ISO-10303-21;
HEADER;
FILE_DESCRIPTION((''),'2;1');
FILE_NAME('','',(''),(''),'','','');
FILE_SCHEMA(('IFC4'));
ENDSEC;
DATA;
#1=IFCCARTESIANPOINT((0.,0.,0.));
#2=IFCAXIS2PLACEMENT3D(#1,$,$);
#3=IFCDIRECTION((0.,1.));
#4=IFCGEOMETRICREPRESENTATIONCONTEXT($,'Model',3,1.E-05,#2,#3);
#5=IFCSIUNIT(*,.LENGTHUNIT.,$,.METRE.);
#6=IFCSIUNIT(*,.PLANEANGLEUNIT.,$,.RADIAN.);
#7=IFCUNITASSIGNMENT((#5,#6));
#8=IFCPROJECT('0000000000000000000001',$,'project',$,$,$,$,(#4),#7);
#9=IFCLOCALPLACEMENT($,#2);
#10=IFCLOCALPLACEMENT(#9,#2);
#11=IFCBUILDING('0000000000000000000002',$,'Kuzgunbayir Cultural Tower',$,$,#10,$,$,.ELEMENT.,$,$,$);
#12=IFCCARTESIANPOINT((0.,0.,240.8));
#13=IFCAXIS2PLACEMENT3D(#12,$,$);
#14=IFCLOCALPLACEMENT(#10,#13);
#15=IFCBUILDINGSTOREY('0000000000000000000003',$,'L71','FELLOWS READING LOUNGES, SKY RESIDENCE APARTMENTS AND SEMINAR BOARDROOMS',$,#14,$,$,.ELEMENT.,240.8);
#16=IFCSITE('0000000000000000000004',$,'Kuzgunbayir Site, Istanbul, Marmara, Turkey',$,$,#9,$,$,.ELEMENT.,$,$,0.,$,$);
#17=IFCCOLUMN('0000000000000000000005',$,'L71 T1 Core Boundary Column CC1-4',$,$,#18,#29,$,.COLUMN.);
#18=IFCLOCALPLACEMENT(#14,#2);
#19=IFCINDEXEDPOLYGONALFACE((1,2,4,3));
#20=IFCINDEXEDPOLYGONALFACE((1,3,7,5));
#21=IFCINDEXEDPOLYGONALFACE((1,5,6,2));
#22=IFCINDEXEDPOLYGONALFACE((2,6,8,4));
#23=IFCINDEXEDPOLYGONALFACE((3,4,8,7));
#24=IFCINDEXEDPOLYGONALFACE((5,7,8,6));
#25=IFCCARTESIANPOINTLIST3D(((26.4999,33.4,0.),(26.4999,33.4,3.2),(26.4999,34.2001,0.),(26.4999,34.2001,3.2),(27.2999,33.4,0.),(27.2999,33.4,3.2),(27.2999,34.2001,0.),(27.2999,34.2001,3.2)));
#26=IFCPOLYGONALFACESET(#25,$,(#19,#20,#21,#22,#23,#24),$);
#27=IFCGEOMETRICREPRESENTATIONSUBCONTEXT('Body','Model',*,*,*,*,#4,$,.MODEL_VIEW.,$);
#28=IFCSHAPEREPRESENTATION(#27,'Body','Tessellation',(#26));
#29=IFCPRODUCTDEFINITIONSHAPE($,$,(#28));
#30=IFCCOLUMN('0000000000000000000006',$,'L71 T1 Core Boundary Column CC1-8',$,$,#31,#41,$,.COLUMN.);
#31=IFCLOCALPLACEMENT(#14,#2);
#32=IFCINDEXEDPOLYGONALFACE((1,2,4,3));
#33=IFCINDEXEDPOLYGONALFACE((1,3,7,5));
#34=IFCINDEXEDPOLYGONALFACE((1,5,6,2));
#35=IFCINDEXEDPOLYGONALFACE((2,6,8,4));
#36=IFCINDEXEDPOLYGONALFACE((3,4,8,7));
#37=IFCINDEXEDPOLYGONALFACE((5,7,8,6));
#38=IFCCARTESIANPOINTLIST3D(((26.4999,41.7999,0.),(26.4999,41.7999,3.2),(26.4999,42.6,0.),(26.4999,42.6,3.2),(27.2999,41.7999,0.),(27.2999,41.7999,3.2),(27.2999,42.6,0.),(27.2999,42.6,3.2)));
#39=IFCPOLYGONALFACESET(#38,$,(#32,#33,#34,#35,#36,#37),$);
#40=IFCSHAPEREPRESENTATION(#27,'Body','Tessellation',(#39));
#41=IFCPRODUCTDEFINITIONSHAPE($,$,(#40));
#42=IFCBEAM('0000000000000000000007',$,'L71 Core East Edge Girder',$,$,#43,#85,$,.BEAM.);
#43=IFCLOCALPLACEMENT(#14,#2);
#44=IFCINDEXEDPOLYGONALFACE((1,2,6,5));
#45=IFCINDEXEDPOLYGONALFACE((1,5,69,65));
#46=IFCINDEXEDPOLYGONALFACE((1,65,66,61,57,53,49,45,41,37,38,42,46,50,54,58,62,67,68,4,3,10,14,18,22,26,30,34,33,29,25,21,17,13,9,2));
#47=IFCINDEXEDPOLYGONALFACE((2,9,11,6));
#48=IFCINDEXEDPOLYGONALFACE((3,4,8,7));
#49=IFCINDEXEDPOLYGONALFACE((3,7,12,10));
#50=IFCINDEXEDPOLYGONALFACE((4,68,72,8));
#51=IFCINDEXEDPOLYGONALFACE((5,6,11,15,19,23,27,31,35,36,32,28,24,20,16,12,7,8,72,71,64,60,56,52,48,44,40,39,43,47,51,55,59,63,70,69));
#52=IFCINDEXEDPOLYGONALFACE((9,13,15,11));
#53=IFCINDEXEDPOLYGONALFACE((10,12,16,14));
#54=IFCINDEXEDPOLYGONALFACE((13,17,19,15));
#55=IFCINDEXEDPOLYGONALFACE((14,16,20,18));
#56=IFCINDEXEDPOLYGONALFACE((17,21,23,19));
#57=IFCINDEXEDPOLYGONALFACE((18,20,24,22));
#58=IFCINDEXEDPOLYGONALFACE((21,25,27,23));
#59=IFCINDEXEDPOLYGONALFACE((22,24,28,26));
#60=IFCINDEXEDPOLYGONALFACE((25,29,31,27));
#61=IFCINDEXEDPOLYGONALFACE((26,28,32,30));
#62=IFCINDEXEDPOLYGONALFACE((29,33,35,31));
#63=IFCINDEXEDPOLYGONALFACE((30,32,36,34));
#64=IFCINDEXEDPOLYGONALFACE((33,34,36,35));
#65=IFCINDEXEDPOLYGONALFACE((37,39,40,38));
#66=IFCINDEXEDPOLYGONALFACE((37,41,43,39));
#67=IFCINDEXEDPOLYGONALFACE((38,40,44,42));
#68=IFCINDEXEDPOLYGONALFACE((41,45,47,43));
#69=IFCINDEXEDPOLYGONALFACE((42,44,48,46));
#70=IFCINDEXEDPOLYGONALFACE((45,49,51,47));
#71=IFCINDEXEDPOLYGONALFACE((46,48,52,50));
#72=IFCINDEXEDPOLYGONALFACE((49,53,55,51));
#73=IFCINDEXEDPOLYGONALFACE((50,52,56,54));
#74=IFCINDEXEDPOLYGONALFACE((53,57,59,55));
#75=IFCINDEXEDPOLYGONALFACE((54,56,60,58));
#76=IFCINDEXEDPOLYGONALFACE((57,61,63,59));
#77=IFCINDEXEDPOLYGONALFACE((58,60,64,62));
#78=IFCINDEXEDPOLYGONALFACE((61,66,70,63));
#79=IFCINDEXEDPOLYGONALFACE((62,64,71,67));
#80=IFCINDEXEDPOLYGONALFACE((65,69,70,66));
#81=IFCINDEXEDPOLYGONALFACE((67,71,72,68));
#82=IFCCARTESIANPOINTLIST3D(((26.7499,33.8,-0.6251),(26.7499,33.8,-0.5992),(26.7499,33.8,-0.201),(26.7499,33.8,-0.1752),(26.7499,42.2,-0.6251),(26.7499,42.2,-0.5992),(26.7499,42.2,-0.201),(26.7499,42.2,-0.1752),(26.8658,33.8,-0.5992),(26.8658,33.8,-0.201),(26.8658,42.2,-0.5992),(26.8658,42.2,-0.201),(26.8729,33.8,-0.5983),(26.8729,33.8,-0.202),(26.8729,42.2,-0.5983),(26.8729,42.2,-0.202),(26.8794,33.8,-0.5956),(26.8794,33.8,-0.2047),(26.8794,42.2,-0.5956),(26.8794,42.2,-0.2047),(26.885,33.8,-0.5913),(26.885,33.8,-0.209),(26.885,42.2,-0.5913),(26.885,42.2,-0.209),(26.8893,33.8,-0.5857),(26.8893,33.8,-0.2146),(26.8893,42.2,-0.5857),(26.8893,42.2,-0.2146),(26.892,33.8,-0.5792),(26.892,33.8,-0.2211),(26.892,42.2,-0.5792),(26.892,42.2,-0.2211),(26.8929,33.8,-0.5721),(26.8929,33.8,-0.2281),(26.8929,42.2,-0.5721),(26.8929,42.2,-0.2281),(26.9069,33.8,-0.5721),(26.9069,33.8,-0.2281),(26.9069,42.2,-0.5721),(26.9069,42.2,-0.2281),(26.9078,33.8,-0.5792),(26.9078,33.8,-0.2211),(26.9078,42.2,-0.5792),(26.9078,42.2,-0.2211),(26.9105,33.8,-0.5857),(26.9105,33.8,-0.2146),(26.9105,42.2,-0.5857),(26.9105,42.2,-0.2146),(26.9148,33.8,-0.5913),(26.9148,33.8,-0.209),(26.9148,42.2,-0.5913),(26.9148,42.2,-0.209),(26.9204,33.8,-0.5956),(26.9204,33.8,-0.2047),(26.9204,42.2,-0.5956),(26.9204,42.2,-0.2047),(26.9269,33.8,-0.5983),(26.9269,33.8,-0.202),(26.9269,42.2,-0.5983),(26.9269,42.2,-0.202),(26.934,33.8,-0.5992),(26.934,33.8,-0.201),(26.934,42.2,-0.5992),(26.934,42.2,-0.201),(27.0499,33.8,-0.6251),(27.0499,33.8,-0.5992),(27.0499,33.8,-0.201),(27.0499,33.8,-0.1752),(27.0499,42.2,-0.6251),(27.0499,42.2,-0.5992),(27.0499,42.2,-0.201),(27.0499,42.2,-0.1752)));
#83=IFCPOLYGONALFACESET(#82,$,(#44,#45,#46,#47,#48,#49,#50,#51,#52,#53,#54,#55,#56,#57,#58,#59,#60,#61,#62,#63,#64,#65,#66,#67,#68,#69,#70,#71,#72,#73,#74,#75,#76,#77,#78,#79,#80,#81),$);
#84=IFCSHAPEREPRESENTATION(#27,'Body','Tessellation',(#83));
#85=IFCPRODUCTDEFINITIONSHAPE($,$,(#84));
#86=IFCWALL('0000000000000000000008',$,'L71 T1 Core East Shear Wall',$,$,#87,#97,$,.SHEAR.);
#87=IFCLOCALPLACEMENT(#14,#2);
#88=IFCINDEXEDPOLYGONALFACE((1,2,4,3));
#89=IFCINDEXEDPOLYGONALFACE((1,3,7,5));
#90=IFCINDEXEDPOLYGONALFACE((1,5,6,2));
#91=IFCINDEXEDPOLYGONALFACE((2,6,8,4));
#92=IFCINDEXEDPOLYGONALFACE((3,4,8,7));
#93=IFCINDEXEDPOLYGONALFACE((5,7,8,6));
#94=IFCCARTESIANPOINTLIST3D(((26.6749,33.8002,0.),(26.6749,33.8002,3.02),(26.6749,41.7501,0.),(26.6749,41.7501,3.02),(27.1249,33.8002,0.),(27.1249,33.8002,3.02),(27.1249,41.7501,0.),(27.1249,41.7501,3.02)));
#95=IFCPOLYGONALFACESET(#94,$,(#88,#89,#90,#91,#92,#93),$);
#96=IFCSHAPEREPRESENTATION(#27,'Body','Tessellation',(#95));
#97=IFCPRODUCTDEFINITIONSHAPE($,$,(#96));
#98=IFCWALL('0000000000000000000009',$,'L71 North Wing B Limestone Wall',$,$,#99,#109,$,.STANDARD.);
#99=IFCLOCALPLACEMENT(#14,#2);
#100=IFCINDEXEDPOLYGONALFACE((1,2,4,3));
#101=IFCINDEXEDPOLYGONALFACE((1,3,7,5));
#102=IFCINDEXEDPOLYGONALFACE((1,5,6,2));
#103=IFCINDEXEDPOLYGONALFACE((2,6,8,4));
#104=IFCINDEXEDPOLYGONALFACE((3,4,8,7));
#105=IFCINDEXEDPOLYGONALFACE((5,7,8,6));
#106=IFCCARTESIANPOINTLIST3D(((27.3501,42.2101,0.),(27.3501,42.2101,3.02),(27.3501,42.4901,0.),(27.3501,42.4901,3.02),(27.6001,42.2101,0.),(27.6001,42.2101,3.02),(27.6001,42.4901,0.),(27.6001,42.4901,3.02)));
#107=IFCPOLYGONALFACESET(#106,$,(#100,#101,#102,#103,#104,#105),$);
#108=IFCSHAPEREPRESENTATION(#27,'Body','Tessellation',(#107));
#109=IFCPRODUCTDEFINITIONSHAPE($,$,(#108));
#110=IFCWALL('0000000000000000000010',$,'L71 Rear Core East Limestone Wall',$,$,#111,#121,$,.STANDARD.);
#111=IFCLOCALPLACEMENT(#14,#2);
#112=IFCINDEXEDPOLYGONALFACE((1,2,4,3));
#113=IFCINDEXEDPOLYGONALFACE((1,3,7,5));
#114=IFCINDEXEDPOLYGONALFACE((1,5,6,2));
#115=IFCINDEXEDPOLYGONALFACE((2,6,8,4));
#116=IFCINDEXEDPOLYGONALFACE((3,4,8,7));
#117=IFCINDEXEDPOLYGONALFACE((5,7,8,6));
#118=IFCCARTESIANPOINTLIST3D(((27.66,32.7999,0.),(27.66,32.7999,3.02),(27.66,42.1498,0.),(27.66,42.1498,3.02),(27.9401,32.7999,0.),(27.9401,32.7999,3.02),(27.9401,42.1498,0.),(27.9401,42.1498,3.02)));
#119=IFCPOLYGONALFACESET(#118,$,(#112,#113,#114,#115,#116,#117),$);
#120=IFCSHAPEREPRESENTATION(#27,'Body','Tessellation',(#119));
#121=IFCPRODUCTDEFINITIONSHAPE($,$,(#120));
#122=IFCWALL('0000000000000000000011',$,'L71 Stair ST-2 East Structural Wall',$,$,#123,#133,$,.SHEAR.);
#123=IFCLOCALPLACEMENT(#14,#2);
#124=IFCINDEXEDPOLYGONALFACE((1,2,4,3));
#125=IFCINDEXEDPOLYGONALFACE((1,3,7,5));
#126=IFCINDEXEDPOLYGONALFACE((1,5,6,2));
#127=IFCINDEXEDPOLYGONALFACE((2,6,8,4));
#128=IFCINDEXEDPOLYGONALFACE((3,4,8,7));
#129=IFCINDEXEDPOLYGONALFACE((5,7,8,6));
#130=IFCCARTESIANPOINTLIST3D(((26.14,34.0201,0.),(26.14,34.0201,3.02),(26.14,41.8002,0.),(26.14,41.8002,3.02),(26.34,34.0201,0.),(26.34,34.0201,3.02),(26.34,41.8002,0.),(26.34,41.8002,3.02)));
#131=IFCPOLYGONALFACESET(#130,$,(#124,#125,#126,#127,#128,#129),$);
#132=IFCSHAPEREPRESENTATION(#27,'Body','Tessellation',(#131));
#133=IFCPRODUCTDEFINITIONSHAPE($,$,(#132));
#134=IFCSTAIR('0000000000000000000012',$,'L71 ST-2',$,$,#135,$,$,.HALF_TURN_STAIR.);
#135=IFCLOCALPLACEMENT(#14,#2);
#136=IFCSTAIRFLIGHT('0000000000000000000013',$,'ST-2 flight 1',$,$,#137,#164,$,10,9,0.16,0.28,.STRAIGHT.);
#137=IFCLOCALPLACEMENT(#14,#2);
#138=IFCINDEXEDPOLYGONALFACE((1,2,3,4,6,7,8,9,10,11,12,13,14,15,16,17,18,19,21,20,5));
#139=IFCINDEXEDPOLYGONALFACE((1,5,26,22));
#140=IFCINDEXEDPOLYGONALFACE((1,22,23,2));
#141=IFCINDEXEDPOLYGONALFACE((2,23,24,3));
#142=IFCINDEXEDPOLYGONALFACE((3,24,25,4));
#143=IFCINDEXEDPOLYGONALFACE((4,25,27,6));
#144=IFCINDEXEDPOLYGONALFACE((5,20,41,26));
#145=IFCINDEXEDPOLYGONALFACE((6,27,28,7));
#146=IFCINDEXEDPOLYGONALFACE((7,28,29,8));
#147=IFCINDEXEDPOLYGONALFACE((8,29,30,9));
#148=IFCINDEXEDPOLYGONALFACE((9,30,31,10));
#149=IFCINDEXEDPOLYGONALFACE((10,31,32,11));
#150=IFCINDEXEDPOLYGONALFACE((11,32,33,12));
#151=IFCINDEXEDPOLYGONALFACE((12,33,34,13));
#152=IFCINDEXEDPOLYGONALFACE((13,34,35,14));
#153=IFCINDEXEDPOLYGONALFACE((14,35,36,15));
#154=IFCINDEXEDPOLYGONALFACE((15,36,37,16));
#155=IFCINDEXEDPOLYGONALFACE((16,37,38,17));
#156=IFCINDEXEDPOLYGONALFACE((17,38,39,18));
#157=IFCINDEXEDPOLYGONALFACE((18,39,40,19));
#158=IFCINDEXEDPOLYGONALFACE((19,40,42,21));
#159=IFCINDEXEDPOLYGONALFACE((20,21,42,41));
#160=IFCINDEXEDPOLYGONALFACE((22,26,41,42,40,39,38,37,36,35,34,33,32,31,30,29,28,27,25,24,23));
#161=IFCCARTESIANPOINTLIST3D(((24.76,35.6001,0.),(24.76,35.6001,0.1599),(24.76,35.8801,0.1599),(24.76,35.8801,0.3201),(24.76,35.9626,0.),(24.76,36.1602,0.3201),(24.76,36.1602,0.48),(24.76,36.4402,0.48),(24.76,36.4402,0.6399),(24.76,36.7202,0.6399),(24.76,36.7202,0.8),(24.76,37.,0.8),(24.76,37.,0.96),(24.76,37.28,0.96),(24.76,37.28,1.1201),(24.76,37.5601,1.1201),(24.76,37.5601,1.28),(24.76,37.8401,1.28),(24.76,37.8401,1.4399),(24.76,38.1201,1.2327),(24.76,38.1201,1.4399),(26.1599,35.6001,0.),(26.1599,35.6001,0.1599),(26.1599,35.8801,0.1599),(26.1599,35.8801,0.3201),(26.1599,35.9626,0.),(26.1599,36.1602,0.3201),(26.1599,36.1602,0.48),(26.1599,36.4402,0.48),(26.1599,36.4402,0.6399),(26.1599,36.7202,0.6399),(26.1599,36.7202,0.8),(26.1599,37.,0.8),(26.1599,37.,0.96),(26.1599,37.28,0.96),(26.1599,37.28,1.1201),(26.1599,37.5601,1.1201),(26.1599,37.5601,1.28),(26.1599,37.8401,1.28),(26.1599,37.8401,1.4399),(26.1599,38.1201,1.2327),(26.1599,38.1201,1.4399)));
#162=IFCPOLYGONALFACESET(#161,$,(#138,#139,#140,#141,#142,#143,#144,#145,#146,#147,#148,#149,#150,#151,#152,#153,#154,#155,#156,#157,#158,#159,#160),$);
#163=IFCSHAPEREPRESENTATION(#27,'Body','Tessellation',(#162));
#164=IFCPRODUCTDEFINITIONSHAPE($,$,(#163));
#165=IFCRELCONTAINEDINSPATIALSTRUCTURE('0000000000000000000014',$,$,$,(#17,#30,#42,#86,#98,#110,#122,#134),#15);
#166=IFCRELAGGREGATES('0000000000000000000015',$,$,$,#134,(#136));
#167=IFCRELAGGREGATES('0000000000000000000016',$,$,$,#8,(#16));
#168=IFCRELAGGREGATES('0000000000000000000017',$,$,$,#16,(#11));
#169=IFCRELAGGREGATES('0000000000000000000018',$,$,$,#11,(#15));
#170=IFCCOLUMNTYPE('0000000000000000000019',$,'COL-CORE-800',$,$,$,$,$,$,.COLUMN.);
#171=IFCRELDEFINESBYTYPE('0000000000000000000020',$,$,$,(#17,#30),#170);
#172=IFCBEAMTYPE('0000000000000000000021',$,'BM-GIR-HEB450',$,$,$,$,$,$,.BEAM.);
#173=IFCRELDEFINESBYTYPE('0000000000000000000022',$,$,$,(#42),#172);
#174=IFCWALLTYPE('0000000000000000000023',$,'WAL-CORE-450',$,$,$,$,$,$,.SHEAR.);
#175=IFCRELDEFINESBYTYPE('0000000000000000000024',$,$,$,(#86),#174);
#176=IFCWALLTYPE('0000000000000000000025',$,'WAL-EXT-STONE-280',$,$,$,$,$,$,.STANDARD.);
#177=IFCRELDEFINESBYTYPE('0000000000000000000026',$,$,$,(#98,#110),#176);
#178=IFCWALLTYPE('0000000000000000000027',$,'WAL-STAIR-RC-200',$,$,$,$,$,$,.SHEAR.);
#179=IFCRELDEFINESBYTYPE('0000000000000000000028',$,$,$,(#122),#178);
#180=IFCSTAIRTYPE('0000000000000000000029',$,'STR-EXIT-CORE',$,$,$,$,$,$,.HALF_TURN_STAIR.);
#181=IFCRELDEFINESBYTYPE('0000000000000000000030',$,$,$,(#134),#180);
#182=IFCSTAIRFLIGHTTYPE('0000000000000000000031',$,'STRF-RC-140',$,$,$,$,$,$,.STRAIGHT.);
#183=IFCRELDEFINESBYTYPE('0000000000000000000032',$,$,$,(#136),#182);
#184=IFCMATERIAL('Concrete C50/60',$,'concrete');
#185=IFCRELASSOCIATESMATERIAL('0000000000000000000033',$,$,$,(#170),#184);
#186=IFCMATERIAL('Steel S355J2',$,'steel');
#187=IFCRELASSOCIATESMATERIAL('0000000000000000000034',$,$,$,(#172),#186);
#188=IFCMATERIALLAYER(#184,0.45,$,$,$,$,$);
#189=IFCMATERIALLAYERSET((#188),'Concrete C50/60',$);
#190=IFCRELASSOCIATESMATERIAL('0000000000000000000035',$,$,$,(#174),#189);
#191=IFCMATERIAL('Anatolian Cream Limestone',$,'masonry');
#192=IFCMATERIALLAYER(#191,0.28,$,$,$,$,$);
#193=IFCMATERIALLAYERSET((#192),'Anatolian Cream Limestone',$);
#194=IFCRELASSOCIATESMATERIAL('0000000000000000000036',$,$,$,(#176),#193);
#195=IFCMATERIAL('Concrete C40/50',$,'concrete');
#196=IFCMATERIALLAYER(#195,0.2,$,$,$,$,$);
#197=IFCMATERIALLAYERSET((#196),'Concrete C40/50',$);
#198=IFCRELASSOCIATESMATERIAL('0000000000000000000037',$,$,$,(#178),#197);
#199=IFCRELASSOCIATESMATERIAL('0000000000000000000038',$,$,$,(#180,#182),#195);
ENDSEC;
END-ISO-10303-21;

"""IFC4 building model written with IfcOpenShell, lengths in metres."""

from ifc_helpers import new_model, si_unit, direction, frame, frame_2d, origin, origin_2d, place, context, subcontext, project, spatial, polyline, rectangle, i_section, outline, extrude, material, layer, layer_set, material_profile, profile_set, type_object, element, aggregate, save


model = new_model("IFC4")

# Units and contexts
model_context = context("Model", 3, precision=1e-05, world=origin(), true_north=direction((0.0, 1.0)))
body_context = subcontext(model_context, "Body", "Model", "MODEL_VIEW")
ifc_project = project(units=[si_unit("LENGTHUNIT", "METRE"), si_unit("PLANEANGLEUNIT", "RADIAN")], contexts=[model_context])

# Site, building, storey
site_placement = place(None, origin())
site = spatial("IfcSite", under=ifc_project, at=site_placement, Name="Kuzgunbayir Site, Istanbul, Marmara, Turkey", CompositionType="ELEMENT", RefElevation=0.0)
building_placement = place(site_placement, origin())
building = spatial("IfcBuilding", under=site, at=building_placement, Name="Kuzgunbayir Cultural Tower", CompositionType="ELEMENT")
storey_placement = place(building_placement, frame((0.0, 0.0, 240.8)))
storey = spatial("IfcBuildingStorey", under=building, at=storey_placement, Name="L71", Description="FELLOWS READING LOUNGES, SKY RESIDENCE APARTMENTS AND SEMINAR BOARDROOMS", CompositionType="ELEMENT", Elevation=240.8)

# Columns
ifc_material_1 = material(Name="Concrete C50/60", Category="concrete")
ifc_material_profile_1 = material_profile(ifc_material_1, rectangle(XDim=0.8, YDim=0.8, at=origin_2d()), Name="RC 800x800")
ifc_profile_set_1 = profile_set([ifc_material_profile_1], Name="Concrete C50/60")
column_type = type_object("IfcColumnType", Name="COL-CORE-800", PredefinedType="COLUMN", material=ifc_profile_set_1)
for number, where, z_axis, x_axis, name in (
    (1, (26.8999, 33.8, 0.0), (0.0, 0.0, 1.0), (1.0, 0.0, 0.0), "L71 T1 Core Boundary Column CC1-4"),
    (2, (26.8999, 42.2, 0.0), (0.0, 0.0, 1.0), (1.0, 0.0, 0.0), "L71 T1 Core Boundary Column CC1-8"),
):
    element("IfcColumn", number, at=place(storey_placement, frame(where, z_axis=z_axis, x_axis=x_axis)), inside=storey, type_object=column_type, Name=name, PredefinedType="COLUMN", context=body_context, shape_type="SweptSolid", body=[
        extrude(rectangle(XDim=0.8, YDim=0.8, at=origin_2d()), origin(), (0.0, 0.0, 1.0), 3.2),
    ])

# Beam
ifc_material_2 = material(Name="Steel S355J2", Category="steel")
ifc_material_profile_2 = material_profile(ifc_material_2, i_section(OverallWidth=0.3, OverallDepth=0.45, WebThickness=0.0139, FlangeThickness=0.0259, FilletRadius=0.0271, at=origin_2d()), Name="HEB 450")
ifc_profile_set_2 = profile_set([ifc_material_profile_2], Name="Steel S355J2")
beam_type = type_object("IfcBeamType", Name="BM-GIR-HEB450", PredefinedType="BEAM", material=ifc_profile_set_2)
beam_placement = place(storey_placement, frame((26.8999, 33.8, -0.4001), z_axis=(0.0, 1.0, 0.0), x_axis=(-1.0, 0.0, 0.0)))
element("IfcBeam", 3, at=beam_placement, inside=storey, type_object=beam_type, Name="L71 Core East Edge Girder", PredefinedType="BEAM", context=body_context, shape_type="SweptSolid", body=[
    extrude(i_section(OverallWidth=0.3, OverallDepth=0.45, WebThickness=0.0139, FlangeThickness=0.0259, FilletRadius=0.0271, at=origin_2d()), origin(), (0.0, 0.0, 1.0), 8.3999),
])

# Walls
ifc_layer_1 = layer(ifc_material_1, 0.45)
ifc_layer_set_1 = layer_set([ifc_layer_1], Name="Concrete C50/60")
wall_type_1 = type_object("IfcWallType", Name="WAL-CORE-450", PredefinedType="SHEAR", material=ifc_layer_set_1)
wall_1_placement = place(storey_placement, frame((26.8999, 33.8, 0.0), z_axis=(0.0, 0.0, 1.0), x_axis=(0.0, 1.0, 0.0)))
element("IfcWall", 4, at=wall_1_placement, inside=storey, type_object=wall_type_1, Name="L71 T1 Core East Shear Wall", PredefinedType="SHEAR", context=body_context, shape_type="SweptSolid", body=[
    extrude(rectangle(XDim=7.95, YDim=0.45, at=frame_2d((3.9751, 0.0))), origin(), (0.0, 0.0, 1.0), 3.02),
])
ifc_material_3 = material(Name="Anatolian Cream Limestone", Category="masonry")
ifc_layer_2 = layer(ifc_material_3, 0.28)
ifc_layer_set_2 = layer_set([ifc_layer_2], Name="Anatolian Cream Limestone")
wall_type_2 = type_object("IfcWallType", Name="WAL-EXT-STONE-280", PredefinedType="STANDARD", material=ifc_layer_set_2)
wall_2_placement = place(storey_placement, frame((27.6001, 42.3501, 0.0), z_axis=(0.0, 0.0, 1.0), x_axis=(-1.0, 0.0, 0.0)))
element("IfcWall", 5, at=wall_2_placement, inside=storey, type_object=wall_type_2, Name="L71 North Wing B Limestone Wall", PredefinedType="STANDARD", context=body_context, shape_type="SweptSolid", body=[
    extrude(rectangle(XDim=0.25, YDim=0.28, at=frame_2d((0.125, 0.0))), origin(), (0.0, 0.0, 1.0), 3.02),
])
wall_3_placement = place(storey_placement, frame((27.8, 32.8, 0.0), z_axis=(0.0, 0.0, 1.0), x_axis=(0.0, 1.0, 0.0)))
element("IfcWall", 6, at=wall_3_placement, inside=storey, type_object=wall_type_2, Name="L71 Rear Core East Limestone Wall", PredefinedType="STANDARD", context=body_context, shape_type="SweptSolid", body=[
    extrude(rectangle(XDim=9.3499, YDim=0.28, at=frame_2d((4.6748, 0.0))), origin(), (0.0, 0.0, 1.0), 3.02),
])
ifc_material_4 = material(Name="Concrete C40/50", Category="concrete")
ifc_layer_3 = layer(ifc_material_4, 0.2)
ifc_layer_set_3 = layer_set([ifc_layer_3], Name="Concrete C40/50")
wall_type_3 = type_object("IfcWallType", Name="WAL-STAIR-RC-200", PredefinedType="SHEAR", material=ifc_layer_set_3)
wall_4_placement = place(storey_placement, frame((26.24, 34.02, 0.0), z_axis=(0.0, 0.0, 1.0), x_axis=(0.0, 1.0, 0.0)))
element("IfcWall", 7, at=wall_4_placement, inside=storey, type_object=wall_type_3, Name="L71 Stair ST-2 East Structural Wall", PredefinedType="SHEAR", context=body_context, shape_type="SweptSolid", body=[
    extrude(rectangle(XDim=7.78, YDim=0.2, at=frame_2d((3.8901, 0.0))), origin(), (0.0, 0.0, 1.0), 3.02),
])

# Stair, stair flight
stair_type = type_object("IfcStairType", Name="STR-EXIT-CORE", PredefinedType="HALF_TURN_STAIR", material=ifc_material_4)
stair_placement = place(storey_placement, origin())
stair = element("IfcStair", 8, at=stair_placement, inside=storey, type_object=stair_type, Name="L71 ST-2", PredefinedType="HALF_TURN_STAIR")
stair_flight_type = type_object("IfcStairFlightType", Name="STRF-RC-140", PredefinedType="STRAIGHT", material=ifc_material_4)
stair_flight_1_placement = place(storey_placement, frame((25.46, 35.6001, 0.0), z_axis=(0.0, 0.0, 1.0), x_axis=(0.0, 1.0, 0.0)))
stair_flight_1 = element("IfcStairFlight", 9, at=stair_flight_1_placement, type_object=stair_flight_type, Name="ST-2 flight 1", NumberOfRisers=10, NumberOfTreads=9, PredefinedType="STRAIGHT", RiserHeight=0.16, TreadLength=0.28, context=body_context, shape_type="SweptSolid", body=[
    extrude(outline(polyline([(0.0, 0.0), (0.0, 0.1599), (0.28, 0.1599), (0.28, 0.3201), (0.5601, 0.3201), (0.5601, 0.48), (0.8401, 0.48), (0.8401, 0.6399), (1.1201, 0.6399), (1.1201, 0.8), (1.3999, 0.8), (1.3999, 0.96), (1.6799, 0.96), (1.6799, 1.1201), (1.96, 1.1201), (1.96, 1.28), (2.24, 1.28), (2.24, 1.4399), (2.52, 1.4399), (2.52, 1.6001), (2.52, 1.2327), (0.3625, 0.0), (0.0, 0.0)])), frame((0.0, 0.7, 0.0), z_axis=(0.0, -1.0, 0.0), x_axis=(1.0, 0.0, 0.0)), (0.0, 0.0, 1.0), 1.3999),
])
aggregate(stair, [stair_flight_1])

save(model, "model.ifc")
